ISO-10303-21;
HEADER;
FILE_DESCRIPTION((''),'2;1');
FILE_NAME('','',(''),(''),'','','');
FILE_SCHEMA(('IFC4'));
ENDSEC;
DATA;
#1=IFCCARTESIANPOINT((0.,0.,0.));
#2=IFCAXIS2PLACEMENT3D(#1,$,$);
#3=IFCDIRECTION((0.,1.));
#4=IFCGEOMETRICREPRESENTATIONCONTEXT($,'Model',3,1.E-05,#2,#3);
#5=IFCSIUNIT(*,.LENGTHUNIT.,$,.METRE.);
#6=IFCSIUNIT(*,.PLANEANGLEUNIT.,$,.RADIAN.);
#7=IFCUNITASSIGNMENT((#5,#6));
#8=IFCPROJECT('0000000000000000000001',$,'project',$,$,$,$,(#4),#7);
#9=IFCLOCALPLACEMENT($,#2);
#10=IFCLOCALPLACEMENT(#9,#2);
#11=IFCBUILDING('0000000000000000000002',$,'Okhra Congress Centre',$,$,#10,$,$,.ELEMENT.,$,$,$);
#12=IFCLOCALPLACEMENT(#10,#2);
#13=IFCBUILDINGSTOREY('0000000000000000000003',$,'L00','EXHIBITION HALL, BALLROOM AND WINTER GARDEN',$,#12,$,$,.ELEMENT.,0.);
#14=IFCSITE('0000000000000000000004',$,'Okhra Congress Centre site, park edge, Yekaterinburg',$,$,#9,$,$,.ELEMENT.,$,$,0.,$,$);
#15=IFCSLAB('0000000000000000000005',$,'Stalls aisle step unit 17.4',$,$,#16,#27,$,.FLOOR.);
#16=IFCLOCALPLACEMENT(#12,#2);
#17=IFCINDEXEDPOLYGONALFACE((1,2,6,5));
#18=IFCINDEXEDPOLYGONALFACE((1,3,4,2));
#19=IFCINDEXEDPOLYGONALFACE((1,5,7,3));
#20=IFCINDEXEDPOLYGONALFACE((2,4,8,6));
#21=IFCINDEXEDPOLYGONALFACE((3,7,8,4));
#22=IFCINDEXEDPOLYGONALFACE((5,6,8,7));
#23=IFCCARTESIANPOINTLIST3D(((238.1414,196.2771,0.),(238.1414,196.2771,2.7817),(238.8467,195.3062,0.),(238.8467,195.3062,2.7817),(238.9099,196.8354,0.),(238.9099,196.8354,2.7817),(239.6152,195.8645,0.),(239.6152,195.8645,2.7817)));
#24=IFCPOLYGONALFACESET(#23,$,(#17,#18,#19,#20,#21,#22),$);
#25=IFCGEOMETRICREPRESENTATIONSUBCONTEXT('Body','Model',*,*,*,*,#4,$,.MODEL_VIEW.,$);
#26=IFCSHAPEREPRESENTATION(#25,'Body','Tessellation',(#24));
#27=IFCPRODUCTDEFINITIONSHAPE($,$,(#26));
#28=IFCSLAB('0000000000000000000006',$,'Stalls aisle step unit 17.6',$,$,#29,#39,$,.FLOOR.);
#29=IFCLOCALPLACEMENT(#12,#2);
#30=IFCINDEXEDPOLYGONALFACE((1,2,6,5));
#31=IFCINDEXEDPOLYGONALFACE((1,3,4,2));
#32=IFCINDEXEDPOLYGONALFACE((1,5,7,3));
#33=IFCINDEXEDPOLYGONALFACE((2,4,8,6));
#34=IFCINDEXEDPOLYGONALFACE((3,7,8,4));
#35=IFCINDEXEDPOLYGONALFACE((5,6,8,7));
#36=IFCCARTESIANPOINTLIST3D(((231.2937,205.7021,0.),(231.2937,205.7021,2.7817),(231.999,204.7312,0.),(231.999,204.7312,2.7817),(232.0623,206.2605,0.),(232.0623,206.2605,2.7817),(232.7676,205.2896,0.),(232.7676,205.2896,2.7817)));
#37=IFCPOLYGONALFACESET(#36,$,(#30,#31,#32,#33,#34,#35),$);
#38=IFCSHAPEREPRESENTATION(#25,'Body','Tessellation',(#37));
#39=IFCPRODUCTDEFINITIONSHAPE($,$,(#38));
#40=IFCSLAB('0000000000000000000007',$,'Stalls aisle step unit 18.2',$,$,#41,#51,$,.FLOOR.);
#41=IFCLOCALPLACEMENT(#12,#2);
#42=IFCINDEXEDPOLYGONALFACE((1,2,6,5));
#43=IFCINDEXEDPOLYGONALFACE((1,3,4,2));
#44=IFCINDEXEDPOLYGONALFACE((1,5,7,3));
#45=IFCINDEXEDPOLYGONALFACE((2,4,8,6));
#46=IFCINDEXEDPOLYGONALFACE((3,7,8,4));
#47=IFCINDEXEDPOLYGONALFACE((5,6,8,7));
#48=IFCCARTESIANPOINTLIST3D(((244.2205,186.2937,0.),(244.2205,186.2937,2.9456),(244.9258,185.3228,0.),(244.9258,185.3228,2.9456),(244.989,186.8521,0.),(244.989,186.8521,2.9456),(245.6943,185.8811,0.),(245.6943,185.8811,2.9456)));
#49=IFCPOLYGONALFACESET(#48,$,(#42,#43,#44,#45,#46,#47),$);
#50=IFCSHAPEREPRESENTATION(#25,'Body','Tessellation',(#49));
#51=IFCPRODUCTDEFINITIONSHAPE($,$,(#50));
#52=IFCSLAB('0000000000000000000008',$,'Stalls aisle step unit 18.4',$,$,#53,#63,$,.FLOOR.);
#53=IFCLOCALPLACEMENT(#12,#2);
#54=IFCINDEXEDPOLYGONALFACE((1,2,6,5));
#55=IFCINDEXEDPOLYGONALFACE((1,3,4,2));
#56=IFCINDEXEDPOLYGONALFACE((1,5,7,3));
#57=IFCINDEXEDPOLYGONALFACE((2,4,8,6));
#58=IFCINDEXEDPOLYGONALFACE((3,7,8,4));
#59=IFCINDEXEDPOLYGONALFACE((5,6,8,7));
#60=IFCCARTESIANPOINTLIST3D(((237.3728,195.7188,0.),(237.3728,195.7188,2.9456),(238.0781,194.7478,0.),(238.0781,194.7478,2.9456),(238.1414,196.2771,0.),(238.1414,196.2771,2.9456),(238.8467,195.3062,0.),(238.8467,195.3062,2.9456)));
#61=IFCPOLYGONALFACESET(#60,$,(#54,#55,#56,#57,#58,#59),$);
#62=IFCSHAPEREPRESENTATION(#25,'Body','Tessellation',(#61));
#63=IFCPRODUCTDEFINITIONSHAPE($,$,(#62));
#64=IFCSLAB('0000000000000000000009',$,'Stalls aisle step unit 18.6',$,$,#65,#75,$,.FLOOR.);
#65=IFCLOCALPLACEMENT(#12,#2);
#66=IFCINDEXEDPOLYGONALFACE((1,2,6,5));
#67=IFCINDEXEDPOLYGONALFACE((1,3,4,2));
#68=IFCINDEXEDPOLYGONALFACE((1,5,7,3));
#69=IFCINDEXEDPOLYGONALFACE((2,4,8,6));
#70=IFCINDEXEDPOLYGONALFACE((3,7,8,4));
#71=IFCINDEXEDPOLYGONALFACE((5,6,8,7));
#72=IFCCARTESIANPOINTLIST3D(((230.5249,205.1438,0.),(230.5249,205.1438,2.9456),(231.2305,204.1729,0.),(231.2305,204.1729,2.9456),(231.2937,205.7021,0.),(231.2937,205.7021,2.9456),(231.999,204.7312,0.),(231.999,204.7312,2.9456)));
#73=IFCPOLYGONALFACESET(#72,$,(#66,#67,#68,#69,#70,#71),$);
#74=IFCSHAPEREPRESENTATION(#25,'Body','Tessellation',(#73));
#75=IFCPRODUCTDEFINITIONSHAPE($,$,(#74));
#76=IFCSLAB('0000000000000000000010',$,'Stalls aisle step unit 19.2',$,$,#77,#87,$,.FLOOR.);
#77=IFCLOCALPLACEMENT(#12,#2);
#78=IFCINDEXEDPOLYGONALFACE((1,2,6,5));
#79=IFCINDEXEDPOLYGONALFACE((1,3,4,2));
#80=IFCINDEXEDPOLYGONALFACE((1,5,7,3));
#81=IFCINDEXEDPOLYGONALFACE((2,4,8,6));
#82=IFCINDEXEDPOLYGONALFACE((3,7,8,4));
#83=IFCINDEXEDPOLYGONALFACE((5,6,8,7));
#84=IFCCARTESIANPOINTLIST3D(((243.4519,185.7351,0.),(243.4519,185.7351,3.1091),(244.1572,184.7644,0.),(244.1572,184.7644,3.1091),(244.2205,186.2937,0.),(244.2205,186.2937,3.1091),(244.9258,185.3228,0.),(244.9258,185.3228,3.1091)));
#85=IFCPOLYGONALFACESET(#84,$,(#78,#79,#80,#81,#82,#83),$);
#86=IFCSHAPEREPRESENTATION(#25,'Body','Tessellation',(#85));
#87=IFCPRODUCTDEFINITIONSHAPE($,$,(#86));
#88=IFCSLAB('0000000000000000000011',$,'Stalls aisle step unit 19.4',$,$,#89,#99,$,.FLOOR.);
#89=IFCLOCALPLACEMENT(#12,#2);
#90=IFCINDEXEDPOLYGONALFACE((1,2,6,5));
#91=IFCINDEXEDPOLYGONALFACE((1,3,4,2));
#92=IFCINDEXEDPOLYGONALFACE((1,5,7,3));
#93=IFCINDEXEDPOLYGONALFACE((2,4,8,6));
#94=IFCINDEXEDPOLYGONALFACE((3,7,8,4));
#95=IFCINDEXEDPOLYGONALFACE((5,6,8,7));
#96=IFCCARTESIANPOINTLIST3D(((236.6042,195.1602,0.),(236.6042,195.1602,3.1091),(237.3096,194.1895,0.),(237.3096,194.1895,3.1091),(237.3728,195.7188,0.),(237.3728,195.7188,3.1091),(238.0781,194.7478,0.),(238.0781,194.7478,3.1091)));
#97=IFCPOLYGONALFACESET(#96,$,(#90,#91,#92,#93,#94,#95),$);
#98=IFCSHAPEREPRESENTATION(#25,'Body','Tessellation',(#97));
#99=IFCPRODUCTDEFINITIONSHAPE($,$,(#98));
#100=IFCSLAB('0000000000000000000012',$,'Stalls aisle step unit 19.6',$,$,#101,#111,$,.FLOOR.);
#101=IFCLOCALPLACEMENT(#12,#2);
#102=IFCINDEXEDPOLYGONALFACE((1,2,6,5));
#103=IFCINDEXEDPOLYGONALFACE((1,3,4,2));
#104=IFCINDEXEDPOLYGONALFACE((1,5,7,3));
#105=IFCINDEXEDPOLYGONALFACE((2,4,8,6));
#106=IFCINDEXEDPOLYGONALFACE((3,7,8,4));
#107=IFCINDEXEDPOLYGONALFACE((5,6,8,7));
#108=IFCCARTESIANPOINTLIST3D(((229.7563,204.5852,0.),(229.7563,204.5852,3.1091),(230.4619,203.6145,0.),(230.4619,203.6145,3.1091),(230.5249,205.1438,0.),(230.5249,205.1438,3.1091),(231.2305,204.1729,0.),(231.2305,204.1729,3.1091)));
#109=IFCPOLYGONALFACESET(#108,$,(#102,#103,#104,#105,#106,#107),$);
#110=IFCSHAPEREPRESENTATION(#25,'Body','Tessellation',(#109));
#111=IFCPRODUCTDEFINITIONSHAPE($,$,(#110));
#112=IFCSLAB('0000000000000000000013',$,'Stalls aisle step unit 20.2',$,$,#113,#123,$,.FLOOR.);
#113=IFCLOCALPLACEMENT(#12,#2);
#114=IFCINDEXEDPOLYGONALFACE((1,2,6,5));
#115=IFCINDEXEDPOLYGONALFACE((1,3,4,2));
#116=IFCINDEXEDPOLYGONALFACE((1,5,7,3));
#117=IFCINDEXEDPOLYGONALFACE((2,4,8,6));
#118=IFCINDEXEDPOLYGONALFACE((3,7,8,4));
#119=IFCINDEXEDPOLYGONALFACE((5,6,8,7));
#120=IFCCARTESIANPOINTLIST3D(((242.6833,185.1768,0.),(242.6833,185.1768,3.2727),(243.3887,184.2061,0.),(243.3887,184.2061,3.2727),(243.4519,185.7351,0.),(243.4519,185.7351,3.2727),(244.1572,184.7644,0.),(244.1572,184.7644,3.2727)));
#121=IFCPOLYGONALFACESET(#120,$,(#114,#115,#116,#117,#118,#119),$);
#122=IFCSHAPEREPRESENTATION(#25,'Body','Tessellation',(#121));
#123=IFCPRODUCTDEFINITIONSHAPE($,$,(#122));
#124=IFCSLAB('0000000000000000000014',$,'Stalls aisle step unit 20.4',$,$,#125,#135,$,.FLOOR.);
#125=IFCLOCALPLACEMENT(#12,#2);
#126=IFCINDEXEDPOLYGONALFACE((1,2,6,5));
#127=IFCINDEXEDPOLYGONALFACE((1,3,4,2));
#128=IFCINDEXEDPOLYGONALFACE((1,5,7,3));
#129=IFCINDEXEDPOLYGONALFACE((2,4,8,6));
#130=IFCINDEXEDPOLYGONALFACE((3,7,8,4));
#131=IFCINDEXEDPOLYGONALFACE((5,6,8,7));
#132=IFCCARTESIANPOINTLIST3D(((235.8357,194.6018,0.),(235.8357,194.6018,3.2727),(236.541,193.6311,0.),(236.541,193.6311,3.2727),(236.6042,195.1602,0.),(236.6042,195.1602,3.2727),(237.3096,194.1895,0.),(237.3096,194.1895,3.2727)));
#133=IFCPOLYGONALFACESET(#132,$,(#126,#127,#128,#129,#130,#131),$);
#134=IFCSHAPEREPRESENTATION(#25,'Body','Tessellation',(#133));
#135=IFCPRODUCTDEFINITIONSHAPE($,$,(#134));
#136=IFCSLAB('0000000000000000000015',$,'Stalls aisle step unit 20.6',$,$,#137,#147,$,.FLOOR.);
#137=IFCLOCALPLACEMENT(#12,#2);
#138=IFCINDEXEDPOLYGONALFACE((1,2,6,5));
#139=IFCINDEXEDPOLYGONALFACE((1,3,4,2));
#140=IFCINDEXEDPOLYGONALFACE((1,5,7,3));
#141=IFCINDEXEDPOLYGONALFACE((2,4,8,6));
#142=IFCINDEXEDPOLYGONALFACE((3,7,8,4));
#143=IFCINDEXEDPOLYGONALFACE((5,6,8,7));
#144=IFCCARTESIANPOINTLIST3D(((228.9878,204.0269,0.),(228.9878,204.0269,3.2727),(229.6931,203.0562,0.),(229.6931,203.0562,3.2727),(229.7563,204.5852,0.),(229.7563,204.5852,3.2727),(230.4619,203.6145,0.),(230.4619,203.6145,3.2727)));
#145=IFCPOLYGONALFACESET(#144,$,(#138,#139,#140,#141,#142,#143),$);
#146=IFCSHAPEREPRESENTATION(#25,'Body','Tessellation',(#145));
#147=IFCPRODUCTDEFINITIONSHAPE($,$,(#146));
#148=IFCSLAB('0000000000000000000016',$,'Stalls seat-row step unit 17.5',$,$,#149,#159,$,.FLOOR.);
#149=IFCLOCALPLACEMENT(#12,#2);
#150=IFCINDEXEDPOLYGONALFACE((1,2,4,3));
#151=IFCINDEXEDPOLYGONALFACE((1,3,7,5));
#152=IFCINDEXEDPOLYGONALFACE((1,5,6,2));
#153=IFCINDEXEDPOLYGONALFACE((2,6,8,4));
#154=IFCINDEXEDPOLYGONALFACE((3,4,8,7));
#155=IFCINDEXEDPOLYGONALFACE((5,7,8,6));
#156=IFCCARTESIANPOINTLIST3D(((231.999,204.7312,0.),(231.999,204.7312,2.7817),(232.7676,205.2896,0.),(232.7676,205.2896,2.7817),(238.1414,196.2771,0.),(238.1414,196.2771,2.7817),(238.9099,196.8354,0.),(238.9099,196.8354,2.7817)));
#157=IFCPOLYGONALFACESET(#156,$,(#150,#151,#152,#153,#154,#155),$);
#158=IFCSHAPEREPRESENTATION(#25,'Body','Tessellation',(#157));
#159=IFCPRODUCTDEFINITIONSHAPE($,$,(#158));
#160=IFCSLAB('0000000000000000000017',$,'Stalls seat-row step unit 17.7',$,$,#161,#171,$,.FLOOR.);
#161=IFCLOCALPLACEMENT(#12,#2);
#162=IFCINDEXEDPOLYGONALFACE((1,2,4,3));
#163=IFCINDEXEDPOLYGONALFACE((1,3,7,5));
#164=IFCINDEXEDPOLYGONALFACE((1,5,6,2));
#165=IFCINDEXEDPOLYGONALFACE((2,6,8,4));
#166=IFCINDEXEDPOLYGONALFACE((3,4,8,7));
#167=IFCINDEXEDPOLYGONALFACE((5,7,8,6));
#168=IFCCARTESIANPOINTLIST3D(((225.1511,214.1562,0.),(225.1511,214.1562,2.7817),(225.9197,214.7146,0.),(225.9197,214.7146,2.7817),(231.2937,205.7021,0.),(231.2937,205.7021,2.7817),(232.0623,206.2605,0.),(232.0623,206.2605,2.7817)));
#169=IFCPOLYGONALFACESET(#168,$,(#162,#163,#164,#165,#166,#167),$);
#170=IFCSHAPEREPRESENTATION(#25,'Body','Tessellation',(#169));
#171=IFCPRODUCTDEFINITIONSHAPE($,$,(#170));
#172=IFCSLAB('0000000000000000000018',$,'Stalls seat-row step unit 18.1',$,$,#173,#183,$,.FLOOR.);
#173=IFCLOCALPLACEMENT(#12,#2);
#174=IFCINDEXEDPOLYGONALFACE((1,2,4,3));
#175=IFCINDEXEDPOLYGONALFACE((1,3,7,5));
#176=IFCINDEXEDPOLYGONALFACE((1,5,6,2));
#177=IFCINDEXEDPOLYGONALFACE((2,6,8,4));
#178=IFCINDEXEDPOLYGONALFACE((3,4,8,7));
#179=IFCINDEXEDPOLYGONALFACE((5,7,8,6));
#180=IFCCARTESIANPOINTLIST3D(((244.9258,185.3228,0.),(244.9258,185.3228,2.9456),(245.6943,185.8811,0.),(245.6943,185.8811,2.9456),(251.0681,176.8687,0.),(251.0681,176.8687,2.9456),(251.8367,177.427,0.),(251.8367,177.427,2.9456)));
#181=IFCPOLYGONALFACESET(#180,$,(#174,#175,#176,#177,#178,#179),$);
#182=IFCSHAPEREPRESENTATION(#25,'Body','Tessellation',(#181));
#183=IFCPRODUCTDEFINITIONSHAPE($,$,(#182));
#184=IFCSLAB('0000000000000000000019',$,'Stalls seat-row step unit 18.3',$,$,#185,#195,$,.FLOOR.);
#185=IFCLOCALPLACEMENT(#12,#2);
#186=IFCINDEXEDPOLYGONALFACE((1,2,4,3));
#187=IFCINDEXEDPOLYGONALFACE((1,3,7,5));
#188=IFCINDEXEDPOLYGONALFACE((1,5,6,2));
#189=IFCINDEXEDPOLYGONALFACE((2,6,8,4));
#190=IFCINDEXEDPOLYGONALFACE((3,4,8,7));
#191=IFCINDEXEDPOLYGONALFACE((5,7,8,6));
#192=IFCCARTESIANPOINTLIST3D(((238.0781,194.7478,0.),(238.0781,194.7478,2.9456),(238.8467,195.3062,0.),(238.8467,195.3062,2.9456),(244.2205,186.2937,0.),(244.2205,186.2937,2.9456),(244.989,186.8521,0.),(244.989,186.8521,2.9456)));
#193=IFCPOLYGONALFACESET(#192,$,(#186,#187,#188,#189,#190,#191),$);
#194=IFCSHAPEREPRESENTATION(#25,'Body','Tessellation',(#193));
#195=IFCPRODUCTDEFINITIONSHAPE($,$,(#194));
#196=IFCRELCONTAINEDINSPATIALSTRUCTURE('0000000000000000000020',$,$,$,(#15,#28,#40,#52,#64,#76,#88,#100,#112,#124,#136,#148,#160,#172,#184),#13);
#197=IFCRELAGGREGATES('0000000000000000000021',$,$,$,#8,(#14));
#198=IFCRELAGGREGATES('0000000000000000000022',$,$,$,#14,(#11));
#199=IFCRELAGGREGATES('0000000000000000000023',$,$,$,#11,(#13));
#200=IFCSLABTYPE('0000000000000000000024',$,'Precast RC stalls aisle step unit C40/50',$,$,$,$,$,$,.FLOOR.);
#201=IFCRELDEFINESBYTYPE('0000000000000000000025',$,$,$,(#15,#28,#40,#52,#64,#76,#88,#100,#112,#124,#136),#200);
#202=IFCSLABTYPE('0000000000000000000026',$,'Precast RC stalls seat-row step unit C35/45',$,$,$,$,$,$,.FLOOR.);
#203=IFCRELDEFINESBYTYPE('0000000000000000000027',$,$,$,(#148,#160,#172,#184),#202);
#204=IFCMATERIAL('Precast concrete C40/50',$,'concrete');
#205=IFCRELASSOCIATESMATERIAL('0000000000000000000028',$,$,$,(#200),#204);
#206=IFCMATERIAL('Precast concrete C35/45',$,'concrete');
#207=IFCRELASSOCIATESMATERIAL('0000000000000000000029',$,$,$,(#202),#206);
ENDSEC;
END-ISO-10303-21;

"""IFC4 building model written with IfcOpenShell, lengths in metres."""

from ifc_helpers import new_model, si_unit, direction, origin, place, context, subcontext, project, spatial, polyline, outline, extrude, material, type_object, element, save


model = new_model("IFC4")

# Units and contexts
model_context = context("Model", 3, precision=1e-05, world=origin(), true_north=direction((0.0, 1.0)))
body_context = subcontext(model_context, "Body", "Model", "MODEL_VIEW")
ifc_project = project(units=[si_unit("LENGTHUNIT", "METRE"), si_unit("PLANEANGLEUNIT", "RADIAN")], contexts=[model_context])

# Site, building, storey
site_placement = place(None, origin())
site = spatial("IfcSite", under=ifc_project, at=site_placement, Name="Okhra Congress Centre site, park edge, Yekaterinburg", CompositionType="ELEMENT", RefElevation=0.0)
building_placement = place(site_placement, origin())
building = spatial("IfcBuilding", under=site, at=building_placement, Name="Okhra Congress Centre", CompositionType="ELEMENT")
storey_placement = place(building_placement, origin())
storey = spatial("IfcBuildingStorey", under=building, at=storey_placement, Name="L00", Description="EXHIBITION HALL, BALLROOM AND WINTER GARDEN", CompositionType="ELEMENT", Elevation=0.0)

# Slabs
ifc_material_1 = material(Name="Precast concrete C40/50", Category="concrete")
slab_type_1 = type_object("IfcSlabType", Name="Precast RC stalls aisle step unit C40/50", PredefinedType="FLOOR", material=ifc_material_1)
slab_1_placement = place(storey_placement, origin())
element("IfcSlab", 1, at=slab_1_placement, inside=storey, type_object=slab_type_1, Name="Stalls aisle step unit 17.4", PredefinedType="FLOOR", context=body_context, shape_type="SweptSolid", body=[
    extrude(outline(polyline([(238.8467, 195.3062), (239.6152, 195.8645), (238.9099, 196.8354), (238.1414, 196.2771), (238.8467, 195.3062)])), origin(), (0.0, 0.0, 1.0), 2.7817),
])
slab_2_placement = place(storey_placement, origin())
element("IfcSlab", 2, at=slab_2_placement, inside=storey, type_object=slab_type_1, Name="Stalls aisle step unit 17.6", PredefinedType="FLOOR", context=body_context, shape_type="SweptSolid", body=[
    extrude(outline(polyline([(231.999, 204.7312), (232.7676, 205.2896), (232.0623, 206.2605), (231.2937, 205.7021), (231.999, 204.7312)])), origin(), (0.0, 0.0, 1.0), 2.7817),
])
slab_3_placement = place(storey_placement, origin())
element("IfcSlab", 3, at=slab_3_placement, inside=storey, type_object=slab_type_1, Name="Stalls aisle step unit 18.2", PredefinedType="FLOOR", context=body_context, shape_type="SweptSolid", body=[
    extrude(outline(polyline([(244.9258, 185.3228), (245.6943, 185.8811), (244.989, 186.8521), (244.2205, 186.2937), (244.9258, 185.3228)])), origin(), (0.0, 0.0, 1.0), 2.9456),
])
slab_4_placement = place(storey_placement, origin())
element("IfcSlab", 4, at=slab_4_placement, inside=storey, type_object=slab_type_1, Name="Stalls aisle step unit 18.4", PredefinedType="FLOOR", context=body_context, shape_type="SweptSolid", body=[
    extrude(outline(polyline([(238.0781, 194.7478), (238.8467, 195.3062), (238.1414, 196.2771), (237.3728, 195.7188), (238.0781, 194.7478)])), origin(), (0.0, 0.0, 1.0), 2.9456),
])
slab_5_placement = place(storey_placement, origin())
element("IfcSlab", 5, at=slab_5_placement, inside=storey, type_object=slab_type_1, Name="Stalls aisle step unit 18.6", PredefinedType="FLOOR", context=body_context, shape_type="SweptSolid", body=[
    extrude(outline(polyline([(231.2305, 204.1729), (231.999, 204.7312), (231.2937, 205.7021), (230.5249, 205.1438), (231.2305, 204.1729)])), origin(), (0.0, 0.0, 1.0), 2.9456),
])
slab_6_placement = place(storey_placement, origin())
element("IfcSlab", 6, at=slab_6_placement, inside=storey, type_object=slab_type_1, Name="Stalls aisle step unit 19.2", PredefinedType="FLOOR", context=body_context, shape_type="SweptSolid", body=[
    extrude(outline(polyline([(244.1572, 184.7644), (244.9258, 185.3228), (244.2205, 186.2937), (243.4519, 185.7351), (244.1572, 184.7644)])), origin(), (0.0, 0.0, 1.0), 3.1091),
])
slab_7_placement = place(storey_placement, origin())
element("IfcSlab", 7, at=slab_7_placement, inside=storey, type_object=slab_type_1, Name="Stalls aisle step unit 19.4", PredefinedType="FLOOR", context=body_context, shape_type="SweptSolid", body=[
    extrude(outline(polyline([(237.3096, 194.1895), (238.0781, 194.7478), (237.3728, 195.7188), (236.6042, 195.1602), (237.3096, 194.1895)])), origin(), (0.0, 0.0, 1.0), 3.1091),
])
slab_8_placement = place(storey_placement, origin())
element("IfcSlab", 8, at=slab_8_placement, inside=storey, type_object=slab_type_1, Name="Stalls aisle step unit 19.6", PredefinedType="FLOOR", context=body_context, shape_type="SweptSolid", body=[
    extrude(outline(polyline([(230.4619, 203.6145), (231.2305, 204.1729), (230.5249, 205.1438), (229.7563, 204.5852), (230.4619, 203.6145)])), origin(), (0.0, 0.0, 1.0), 3.1091),
])
slab_9_placement = place(storey_placement, origin())
element("IfcSlab", 9, at=slab_9_placement, inside=storey, type_object=slab_type_1, Name="Stalls aisle step unit 20.2", PredefinedType="FLOOR", context=body_context, shape_type="SweptSolid", body=[
    extrude(outline(polyline([(243.3887, 184.2061), (244.1572, 184.7644), (243.4519, 185.7351), (242.6833, 185.1768), (243.3887, 184.2061)])), origin(), (0.0, 0.0, 1.0), 3.2727),
])
slab_10_placement = place(storey_placement, origin())
element("IfcSlab", 10, at=slab_10_placement, inside=storey, type_object=slab_type_1, Name="Stalls aisle step unit 20.4", PredefinedType="FLOOR", context=body_context, shape_type="SweptSolid", body=[
    extrude(outline(polyline([(236.541, 193.6311), (237.3096, 194.1895), (236.6042, 195.1602), (235.8357, 194.6018), (236.541, 193.6311)])), origin(), (0.0, 0.0, 1.0), 3.2727),
])
slab_11_placement = place(storey_placement, origin())
element("IfcSlab", 11, at=slab_11_placement, inside=storey, type_object=slab_type_1, Name="Stalls aisle step unit 20.6", PredefinedType="FLOOR", context=body_context, shape_type="SweptSolid", body=[
    extrude(outline(polyline([(229.6931, 203.0562), (230.4619, 203.6145), (229.7563, 204.5852), (228.9878, 204.0269), (229.6931, 203.0562)])), origin(), (0.0, 0.0, 1.0), 3.2727),
])
ifc_material_2 = material(Name="Precast concrete C35/45", Category="concrete")
slab_type_2 = type_object("IfcSlabType", Name="Precast RC stalls seat-row step unit C35/45", PredefinedType="FLOOR", material=ifc_material_2)
slab_12_placement = place(storey_placement, origin())
element("IfcSlab", 12, at=slab_12_placement, inside=storey, type_object=slab_type_2, Name="Stalls seat-row step unit 17.5", PredefinedType="FLOOR", context=body_context, shape_type="SweptSolid", body=[
    extrude(outline(polyline([(238.1414, 196.2771), (238.9099, 196.8354), (232.7676, 205.2896), (231.999, 204.7312), (238.1414, 196.2771)])), origin(), (0.0, 0.0, 1.0), 2.7817),
])
slab_13_placement = place(storey_placement, origin())
element("IfcSlab", 13, at=slab_13_placement, inside=storey, type_object=slab_type_2, Name="Stalls seat-row step unit 17.7", PredefinedType="FLOOR", context=body_context, shape_type="SweptSolid", body=[
    extrude(outline(polyline([(231.2937, 205.7021), (232.0623, 206.2605), (225.9197, 214.7146), (225.1511, 214.1562), (231.2937, 205.7021)])), origin(), (0.0, 0.0, 1.0), 2.7817),
])
slab_14_placement = place(storey_placement, origin())
element("IfcSlab", 14, at=slab_14_placement, inside=storey, type_object=slab_type_2, Name="Stalls seat-row step unit 18.1", PredefinedType="FLOOR", context=body_context, shape_type="SweptSolid", body=[
    extrude(outline(polyline([(251.0681, 176.8687), (251.8367, 177.427), (245.6943, 185.8811), (244.9258, 185.3228), (251.0681, 176.8687)])), origin(), (0.0, 0.0, 1.0), 2.9456),
])
slab_15_placement = place(storey_placement, origin())
element("IfcSlab", 15, at=slab_15_placement, inside=storey, type_object=slab_type_2, Name="Stalls seat-row step unit 18.3", PredefinedType="FLOOR", context=body_context, shape_type="SweptSolid", body=[
    extrude(outline(polyline([(244.2205, 186.2937), (244.989, 186.8521), (238.8467, 195.3062), (238.0781, 194.7478), (244.2205, 186.2937)])), origin(), (0.0, 0.0, 1.0), 2.9456),
])

save(model, "model.ifc")
